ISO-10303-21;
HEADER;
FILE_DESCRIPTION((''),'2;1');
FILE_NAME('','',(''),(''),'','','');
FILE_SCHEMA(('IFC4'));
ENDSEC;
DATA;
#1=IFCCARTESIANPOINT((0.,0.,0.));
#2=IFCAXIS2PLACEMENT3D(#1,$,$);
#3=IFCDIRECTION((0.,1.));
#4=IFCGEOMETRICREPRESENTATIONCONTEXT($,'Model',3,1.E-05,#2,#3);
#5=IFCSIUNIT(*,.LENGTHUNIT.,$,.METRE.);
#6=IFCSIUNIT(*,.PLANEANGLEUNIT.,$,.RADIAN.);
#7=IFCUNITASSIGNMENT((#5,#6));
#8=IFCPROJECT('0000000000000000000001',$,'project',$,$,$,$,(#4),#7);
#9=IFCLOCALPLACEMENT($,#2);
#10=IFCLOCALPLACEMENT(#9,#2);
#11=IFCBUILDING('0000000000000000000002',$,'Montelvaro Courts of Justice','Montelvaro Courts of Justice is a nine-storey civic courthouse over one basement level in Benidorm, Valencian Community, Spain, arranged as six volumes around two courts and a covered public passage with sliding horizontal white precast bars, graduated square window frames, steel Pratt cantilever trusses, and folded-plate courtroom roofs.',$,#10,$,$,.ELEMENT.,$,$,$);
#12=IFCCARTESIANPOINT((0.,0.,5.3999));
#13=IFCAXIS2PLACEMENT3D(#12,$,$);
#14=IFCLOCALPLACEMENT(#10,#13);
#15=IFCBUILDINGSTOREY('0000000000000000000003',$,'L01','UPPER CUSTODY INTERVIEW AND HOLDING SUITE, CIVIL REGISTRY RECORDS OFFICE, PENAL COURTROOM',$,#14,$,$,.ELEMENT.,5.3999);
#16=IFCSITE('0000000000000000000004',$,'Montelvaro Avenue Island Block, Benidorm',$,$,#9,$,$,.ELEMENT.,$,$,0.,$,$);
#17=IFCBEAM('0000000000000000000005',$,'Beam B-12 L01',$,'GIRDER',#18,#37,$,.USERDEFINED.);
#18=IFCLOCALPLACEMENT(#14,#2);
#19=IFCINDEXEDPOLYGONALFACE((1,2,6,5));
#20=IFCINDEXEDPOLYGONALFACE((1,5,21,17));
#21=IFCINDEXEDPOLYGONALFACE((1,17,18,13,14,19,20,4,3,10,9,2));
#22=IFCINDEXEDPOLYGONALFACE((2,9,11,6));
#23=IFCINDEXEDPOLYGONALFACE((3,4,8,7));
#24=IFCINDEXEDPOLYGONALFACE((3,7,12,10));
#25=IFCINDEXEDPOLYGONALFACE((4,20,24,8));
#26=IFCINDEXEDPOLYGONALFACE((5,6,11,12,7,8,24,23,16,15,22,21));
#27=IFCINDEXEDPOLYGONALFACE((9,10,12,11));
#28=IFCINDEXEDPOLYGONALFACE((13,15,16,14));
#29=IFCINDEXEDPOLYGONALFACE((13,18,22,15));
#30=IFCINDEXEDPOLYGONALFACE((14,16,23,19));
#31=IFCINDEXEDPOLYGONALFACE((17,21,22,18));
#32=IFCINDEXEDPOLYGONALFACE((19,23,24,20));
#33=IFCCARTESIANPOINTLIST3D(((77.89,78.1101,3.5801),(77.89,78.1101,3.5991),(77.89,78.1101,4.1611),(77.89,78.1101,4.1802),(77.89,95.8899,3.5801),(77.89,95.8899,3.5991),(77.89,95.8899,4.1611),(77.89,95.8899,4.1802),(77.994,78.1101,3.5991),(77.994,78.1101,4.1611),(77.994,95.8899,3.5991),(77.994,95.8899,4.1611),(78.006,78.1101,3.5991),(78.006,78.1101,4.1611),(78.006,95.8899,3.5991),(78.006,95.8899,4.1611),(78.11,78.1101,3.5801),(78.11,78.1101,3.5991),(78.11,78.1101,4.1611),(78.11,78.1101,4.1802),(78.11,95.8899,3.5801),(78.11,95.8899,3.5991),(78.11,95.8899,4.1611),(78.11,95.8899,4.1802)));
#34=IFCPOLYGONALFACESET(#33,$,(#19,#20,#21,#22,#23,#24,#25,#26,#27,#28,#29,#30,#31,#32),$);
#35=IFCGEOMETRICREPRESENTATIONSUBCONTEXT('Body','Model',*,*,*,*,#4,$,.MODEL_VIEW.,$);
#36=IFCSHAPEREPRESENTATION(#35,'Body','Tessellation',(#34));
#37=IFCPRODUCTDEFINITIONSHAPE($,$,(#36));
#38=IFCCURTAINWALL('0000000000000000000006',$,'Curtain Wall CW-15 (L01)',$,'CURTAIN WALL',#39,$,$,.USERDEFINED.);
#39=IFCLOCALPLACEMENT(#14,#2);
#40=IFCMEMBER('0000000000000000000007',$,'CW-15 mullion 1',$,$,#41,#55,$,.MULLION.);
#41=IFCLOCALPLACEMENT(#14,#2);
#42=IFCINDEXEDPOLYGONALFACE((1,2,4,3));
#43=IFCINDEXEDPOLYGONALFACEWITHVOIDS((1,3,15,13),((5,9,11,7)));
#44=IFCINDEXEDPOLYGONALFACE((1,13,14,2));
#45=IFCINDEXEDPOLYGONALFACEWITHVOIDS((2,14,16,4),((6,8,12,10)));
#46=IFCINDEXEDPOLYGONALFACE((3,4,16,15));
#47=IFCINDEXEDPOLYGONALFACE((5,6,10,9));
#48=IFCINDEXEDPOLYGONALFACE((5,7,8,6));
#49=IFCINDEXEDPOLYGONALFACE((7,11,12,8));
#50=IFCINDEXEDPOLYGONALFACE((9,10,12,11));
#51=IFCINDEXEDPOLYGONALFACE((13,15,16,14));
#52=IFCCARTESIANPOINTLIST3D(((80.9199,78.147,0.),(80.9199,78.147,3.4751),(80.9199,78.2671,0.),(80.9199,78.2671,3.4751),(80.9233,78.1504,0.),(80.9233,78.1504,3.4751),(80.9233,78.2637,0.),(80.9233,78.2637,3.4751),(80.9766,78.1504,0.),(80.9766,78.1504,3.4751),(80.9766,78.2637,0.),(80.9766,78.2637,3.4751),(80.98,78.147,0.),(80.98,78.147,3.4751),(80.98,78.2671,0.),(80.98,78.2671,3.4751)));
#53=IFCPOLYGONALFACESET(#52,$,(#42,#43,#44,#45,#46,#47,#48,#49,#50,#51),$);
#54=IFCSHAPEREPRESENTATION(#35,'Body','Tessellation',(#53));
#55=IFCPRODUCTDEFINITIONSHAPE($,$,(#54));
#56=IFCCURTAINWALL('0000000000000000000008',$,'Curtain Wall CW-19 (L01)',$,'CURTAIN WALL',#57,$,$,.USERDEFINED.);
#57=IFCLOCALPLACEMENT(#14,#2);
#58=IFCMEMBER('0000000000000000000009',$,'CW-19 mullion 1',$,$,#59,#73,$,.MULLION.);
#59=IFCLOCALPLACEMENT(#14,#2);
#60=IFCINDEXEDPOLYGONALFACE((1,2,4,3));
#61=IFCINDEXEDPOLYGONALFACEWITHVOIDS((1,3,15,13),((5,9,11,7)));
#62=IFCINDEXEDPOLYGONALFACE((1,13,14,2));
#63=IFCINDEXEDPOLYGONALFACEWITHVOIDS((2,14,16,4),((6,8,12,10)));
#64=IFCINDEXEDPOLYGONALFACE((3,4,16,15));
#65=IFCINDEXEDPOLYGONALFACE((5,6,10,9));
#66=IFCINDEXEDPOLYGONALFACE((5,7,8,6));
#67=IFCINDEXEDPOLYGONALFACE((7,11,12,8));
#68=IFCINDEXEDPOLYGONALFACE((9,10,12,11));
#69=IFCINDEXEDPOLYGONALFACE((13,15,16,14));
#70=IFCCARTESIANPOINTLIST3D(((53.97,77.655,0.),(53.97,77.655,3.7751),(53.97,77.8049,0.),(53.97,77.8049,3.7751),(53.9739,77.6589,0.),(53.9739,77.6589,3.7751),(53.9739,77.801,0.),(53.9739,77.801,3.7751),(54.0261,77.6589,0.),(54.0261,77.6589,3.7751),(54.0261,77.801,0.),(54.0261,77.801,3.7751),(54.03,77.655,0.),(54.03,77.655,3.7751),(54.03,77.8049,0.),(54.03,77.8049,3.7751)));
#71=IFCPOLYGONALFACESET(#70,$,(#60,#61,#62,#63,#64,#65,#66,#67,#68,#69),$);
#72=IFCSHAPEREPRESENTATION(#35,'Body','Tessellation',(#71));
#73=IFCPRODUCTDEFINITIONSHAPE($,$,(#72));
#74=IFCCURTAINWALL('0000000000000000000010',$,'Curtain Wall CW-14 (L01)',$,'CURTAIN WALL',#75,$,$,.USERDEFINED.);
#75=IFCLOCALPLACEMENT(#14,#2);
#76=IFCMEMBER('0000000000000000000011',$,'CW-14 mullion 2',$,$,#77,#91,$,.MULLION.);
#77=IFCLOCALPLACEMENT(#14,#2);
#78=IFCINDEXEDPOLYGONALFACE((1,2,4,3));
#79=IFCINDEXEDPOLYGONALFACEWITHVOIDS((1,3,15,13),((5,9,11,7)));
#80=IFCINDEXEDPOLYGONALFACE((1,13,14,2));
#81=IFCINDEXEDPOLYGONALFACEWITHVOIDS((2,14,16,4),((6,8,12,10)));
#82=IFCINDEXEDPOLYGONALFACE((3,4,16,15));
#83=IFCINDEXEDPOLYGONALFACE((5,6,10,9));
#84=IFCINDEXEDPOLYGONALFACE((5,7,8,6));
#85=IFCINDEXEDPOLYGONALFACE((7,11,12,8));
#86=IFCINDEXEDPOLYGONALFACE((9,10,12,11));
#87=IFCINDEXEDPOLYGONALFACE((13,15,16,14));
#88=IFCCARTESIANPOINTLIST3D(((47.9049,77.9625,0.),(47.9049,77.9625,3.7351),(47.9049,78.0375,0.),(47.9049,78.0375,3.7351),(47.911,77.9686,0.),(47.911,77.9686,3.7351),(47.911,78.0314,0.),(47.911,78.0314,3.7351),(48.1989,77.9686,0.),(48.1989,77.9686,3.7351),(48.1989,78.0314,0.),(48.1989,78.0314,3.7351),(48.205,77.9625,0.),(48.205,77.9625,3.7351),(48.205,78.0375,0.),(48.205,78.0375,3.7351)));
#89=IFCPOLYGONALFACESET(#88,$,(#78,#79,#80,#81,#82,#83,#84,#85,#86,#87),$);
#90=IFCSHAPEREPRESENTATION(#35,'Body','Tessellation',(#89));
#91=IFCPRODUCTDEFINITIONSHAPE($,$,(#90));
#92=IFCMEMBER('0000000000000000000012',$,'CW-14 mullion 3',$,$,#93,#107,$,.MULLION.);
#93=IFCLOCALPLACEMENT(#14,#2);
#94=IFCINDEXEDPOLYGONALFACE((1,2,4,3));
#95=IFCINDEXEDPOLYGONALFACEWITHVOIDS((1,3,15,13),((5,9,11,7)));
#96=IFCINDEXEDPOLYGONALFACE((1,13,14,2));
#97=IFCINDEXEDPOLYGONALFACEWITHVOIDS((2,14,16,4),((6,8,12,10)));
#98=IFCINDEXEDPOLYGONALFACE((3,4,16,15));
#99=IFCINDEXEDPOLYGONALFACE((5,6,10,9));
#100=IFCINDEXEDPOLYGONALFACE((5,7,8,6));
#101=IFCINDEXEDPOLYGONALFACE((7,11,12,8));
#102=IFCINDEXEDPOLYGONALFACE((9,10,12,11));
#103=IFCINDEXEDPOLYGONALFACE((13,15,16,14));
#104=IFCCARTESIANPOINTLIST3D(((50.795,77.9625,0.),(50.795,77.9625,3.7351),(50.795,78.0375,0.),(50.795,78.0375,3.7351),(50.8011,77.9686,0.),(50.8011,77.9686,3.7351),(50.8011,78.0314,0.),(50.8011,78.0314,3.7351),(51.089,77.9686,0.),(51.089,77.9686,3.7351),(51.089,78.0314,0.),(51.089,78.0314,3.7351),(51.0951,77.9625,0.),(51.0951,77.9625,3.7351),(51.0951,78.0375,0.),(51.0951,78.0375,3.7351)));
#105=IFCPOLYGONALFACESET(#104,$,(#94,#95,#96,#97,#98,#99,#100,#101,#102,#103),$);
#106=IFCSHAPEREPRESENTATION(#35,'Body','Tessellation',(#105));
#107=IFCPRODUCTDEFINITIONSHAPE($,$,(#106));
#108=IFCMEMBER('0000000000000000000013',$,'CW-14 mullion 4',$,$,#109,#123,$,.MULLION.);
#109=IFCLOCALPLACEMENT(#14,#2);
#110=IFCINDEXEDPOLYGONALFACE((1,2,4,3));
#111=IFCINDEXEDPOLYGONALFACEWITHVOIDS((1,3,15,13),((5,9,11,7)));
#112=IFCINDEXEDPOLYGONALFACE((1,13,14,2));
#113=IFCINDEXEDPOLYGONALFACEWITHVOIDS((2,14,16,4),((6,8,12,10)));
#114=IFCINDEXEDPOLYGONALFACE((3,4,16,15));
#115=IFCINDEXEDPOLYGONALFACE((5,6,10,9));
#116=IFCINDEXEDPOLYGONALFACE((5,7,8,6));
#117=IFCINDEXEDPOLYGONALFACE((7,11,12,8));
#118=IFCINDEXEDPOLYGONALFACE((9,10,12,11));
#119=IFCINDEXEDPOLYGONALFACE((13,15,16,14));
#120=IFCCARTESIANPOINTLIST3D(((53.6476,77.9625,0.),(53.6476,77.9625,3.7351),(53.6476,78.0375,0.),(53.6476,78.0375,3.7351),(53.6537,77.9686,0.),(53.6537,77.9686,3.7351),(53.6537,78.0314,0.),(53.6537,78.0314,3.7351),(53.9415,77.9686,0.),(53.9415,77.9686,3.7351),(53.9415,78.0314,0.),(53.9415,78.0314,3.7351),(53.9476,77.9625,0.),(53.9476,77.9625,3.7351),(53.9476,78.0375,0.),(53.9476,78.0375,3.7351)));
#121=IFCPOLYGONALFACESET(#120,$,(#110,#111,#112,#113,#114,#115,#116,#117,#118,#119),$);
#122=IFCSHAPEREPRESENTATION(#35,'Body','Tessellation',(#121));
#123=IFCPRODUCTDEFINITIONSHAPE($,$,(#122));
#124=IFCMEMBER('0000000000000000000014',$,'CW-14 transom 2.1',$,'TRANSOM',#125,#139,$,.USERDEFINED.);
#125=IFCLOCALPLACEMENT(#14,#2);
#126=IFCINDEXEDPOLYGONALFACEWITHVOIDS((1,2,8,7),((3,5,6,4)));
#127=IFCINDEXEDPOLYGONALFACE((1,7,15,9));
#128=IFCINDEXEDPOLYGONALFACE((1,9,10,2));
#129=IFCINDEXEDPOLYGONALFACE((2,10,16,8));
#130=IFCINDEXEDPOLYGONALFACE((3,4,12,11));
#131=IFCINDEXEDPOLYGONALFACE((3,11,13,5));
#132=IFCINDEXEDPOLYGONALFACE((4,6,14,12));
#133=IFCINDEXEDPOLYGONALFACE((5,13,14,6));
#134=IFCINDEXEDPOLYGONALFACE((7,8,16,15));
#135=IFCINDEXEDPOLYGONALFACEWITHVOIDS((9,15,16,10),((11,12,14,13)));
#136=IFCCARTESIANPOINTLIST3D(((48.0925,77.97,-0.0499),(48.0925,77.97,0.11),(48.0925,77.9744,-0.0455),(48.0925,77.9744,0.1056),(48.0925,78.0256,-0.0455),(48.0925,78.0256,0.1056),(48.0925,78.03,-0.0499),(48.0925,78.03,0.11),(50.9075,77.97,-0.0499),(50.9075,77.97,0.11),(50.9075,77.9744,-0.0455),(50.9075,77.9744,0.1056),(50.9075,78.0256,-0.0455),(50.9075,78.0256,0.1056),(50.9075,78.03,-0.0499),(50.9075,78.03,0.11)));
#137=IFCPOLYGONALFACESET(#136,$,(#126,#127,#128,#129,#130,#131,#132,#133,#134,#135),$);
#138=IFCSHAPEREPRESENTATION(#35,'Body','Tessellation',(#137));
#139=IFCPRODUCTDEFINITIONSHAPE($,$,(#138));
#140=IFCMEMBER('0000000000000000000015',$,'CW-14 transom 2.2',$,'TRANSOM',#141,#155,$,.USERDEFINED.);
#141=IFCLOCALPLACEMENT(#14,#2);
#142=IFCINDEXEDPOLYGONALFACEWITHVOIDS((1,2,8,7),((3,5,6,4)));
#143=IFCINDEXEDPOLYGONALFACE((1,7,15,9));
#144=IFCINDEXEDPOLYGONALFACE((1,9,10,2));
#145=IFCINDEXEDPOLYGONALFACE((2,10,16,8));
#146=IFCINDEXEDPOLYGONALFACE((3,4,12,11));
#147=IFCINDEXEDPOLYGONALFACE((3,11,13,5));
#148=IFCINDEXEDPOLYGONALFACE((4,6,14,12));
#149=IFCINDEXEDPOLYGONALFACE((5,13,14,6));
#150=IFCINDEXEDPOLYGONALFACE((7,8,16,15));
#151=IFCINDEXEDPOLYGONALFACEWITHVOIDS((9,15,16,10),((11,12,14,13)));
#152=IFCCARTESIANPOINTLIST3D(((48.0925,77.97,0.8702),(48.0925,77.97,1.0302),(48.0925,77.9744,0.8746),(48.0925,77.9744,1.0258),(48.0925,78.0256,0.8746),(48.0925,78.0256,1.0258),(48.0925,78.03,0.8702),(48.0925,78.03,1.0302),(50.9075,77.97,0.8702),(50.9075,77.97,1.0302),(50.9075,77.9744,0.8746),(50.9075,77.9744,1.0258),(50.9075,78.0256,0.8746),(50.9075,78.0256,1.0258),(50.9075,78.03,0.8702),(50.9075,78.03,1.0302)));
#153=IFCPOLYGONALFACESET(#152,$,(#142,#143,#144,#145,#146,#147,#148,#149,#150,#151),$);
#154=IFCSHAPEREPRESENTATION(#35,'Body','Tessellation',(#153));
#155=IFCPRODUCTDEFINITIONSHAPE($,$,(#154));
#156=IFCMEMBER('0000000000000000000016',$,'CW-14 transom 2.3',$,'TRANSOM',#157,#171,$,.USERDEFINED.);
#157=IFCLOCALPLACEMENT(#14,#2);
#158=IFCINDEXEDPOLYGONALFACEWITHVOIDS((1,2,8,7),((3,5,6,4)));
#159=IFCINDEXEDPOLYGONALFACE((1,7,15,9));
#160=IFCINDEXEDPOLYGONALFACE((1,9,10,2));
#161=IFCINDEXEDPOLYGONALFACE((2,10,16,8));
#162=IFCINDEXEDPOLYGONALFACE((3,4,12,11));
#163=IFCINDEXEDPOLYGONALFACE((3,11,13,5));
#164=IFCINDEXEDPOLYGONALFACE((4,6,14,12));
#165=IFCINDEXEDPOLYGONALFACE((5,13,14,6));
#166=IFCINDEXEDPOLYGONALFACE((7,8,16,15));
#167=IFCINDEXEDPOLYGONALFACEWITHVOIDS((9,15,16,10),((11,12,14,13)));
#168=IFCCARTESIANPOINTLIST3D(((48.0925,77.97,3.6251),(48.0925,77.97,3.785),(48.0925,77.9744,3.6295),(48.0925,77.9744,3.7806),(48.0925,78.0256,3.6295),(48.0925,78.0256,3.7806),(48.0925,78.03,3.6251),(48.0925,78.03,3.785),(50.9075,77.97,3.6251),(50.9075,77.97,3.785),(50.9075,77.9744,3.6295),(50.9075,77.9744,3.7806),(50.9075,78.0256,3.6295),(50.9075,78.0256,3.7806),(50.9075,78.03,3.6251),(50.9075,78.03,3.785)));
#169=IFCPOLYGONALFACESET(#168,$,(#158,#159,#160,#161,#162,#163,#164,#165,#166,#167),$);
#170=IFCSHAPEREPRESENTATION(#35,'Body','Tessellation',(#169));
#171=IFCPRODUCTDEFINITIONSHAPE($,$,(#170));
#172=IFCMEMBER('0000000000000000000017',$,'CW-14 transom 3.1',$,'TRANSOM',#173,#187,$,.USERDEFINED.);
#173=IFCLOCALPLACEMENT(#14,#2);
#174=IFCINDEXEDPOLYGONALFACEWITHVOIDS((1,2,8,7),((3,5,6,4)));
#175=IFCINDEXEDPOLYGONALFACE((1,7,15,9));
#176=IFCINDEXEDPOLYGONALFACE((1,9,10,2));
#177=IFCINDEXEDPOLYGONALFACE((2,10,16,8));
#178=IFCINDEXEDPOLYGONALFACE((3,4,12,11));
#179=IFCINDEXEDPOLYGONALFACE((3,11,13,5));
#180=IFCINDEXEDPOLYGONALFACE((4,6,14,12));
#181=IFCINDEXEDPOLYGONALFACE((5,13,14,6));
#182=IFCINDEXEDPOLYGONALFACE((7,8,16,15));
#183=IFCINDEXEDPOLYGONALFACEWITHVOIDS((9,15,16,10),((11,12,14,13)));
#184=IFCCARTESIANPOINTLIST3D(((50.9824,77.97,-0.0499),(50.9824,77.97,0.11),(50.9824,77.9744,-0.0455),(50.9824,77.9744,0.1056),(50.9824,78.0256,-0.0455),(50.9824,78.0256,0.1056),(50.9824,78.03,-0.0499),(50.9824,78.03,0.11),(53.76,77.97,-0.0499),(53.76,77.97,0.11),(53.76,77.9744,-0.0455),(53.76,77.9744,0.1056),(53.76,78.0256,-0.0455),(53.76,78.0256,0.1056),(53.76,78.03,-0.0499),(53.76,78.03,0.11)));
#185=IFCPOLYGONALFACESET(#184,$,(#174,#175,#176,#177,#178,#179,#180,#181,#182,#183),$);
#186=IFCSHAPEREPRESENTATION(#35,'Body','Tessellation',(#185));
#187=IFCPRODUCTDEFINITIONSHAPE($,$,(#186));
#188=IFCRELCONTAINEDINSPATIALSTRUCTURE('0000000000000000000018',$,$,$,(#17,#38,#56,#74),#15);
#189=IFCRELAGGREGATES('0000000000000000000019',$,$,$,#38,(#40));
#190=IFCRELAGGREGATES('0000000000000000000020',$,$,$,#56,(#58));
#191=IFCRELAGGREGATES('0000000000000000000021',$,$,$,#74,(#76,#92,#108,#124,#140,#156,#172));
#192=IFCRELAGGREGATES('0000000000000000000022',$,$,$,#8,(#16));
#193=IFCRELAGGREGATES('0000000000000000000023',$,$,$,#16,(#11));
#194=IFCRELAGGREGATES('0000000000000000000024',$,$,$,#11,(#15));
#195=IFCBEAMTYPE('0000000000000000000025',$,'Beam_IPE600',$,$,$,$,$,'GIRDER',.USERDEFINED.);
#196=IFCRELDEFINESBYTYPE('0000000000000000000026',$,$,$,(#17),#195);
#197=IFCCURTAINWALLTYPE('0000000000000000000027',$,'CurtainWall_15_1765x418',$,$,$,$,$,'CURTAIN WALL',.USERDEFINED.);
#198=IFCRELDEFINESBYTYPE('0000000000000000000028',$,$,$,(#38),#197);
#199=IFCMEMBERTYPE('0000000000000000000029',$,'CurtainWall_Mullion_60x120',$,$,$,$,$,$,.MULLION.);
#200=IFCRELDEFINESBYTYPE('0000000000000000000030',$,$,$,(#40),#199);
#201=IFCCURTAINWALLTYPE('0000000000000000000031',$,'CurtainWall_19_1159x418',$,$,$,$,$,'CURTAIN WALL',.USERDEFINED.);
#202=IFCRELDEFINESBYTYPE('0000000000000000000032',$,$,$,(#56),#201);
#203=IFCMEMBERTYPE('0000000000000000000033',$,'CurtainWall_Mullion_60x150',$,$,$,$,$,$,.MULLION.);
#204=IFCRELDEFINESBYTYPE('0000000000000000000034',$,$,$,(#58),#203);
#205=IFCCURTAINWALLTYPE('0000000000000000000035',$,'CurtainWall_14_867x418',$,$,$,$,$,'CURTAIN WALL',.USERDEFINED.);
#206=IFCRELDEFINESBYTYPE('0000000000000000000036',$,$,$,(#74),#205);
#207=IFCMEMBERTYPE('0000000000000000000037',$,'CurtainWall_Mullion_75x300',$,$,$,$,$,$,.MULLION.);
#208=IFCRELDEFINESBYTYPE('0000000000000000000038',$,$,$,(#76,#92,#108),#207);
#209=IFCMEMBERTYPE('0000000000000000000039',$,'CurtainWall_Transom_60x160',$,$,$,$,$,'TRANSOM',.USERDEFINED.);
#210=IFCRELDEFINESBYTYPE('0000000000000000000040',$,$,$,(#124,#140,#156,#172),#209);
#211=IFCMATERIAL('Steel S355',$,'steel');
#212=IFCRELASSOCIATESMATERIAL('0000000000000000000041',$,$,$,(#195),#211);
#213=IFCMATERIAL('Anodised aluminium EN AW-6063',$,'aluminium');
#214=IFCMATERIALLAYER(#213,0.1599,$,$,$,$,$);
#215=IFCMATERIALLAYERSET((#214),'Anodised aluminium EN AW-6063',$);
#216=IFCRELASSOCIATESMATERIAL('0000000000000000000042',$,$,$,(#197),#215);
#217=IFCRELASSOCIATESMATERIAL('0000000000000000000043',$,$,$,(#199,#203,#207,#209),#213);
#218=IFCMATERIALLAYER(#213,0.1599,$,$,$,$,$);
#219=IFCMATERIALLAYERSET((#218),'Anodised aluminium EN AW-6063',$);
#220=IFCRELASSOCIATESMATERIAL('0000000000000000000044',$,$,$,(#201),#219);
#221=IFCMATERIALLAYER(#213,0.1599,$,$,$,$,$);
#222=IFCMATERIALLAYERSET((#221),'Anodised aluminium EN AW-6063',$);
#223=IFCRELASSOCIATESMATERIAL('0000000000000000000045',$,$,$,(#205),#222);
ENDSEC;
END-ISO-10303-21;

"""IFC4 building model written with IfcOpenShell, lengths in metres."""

from ifc_helpers import new_model, si_unit, direction, frame, origin, origin_2d, place, context, subcontext, project, spatial, hollow_rectangle, i_section, extrude, material, layer, layer_set, material_profile, profile_set, type_object, element, aggregate, save


model = new_model("IFC4")

# Units and contexts
model_context = context("Model", 3, precision=1e-05, world=origin(), true_north=direction((0.0, 1.0)))
body_context = subcontext(model_context, "Body", "Model", "MODEL_VIEW")
ifc_project = project(units=[si_unit("LENGTHUNIT", "METRE"), si_unit("PLANEANGLEUNIT", "RADIAN")], contexts=[model_context])

# Site, building, storey
site_placement = place(None, origin())
site = spatial("IfcSite", under=ifc_project, at=site_placement, Name="Montelvaro Avenue Island Block, Benidorm", CompositionType="ELEMENT", RefElevation=0.0)
building_placement = place(site_placement, origin())
building = spatial("IfcBuilding", under=site, at=building_placement, Name="Montelvaro Courts of Justice", Description="Montelvaro Courts of Justice is a nine-storey civic courthouse over one basement level in Benidorm, Valencian Community, Spain, arranged as six volumes around two courts and a covered public passage with sliding horizontal white precast bars, graduated square window frames, steel Pratt cantilever trusses, and folded-plate courtroom roofs.", CompositionType="ELEMENT")
storey_placement = place(building_placement, frame((0.0, 0.0, 5.3999)))
storey = spatial("IfcBuildingStorey", under=building, at=storey_placement, Name="L01", Description="UPPER CUSTODY INTERVIEW AND HOLDING SUITE, CIVIL REGISTRY RECORDS OFFICE, PENAL COURTROOM", CompositionType="ELEMENT", Elevation=5.3999)

# Shared definitions
ifc_material_1 = material(Name="Steel S355", Category="steel")

# Beam
ifc_material_profile_1 = material_profile(ifc_material_1, i_section(OverallWidth=0.22, OverallDepth=0.6001, WebThickness=0.012, FlangeThickness=0.019, at=origin_2d()), Name="IPE 600")
ifc_profile_set_1 = profile_set([ifc_material_profile_1], Name="Steel S355")
beam_type_1 = type_object("IfcBeamType", Name="Beam_IPE600", ElementType="GIRDER", PredefinedType="USERDEFINED", material=ifc_profile_set_1)
beam_1_placement = place(storey_placement, frame((78.0, 78.1101, 3.8801), z_axis=(0.0, 1.0, 0.0), x_axis=(-1.0, 0.0, 0.0)))
element("IfcBeam", 1, at=beam_1_placement, inside=storey, type_object=beam_type_1, Name="Beam B-12 L01", ObjectType="GIRDER", PredefinedType="USERDEFINED", context=body_context, shape_type="SweptSolid", body=[
    extrude(i_section(OverallWidth=0.22, OverallDepth=0.6001, WebThickness=0.012, FlangeThickness=0.019, at=origin_2d()), origin(), (0.0, 0.0, 1.0), 17.7798),
])

# Curtain walls, members
ifc_material_2 = material(Name="Anodised aluminium EN AW-6063", Category="aluminium")
ifc_layer_1 = layer(ifc_material_2, 0.1599)
ifc_layer_set_1 = layer_set([ifc_layer_1], Name="Anodised aluminium EN AW-6063")
curtain_wall_type_1 = type_object("IfcCurtainWallType", Name="CurtainWall_15_1765x418", ElementType="CURTAIN WALL", PredefinedType="USERDEFINED", material=ifc_layer_set_1)
curtain_wall_1_placement = place(storey_placement, origin())
curtain_wall_1 = element("IfcCurtainWall", 2, at=curtain_wall_1_placement, inside=storey, type_object=curtain_wall_type_1, Name="Curtain Wall CW-15 (L01)", ObjectType="CURTAIN WALL", PredefinedType="USERDEFINED")
ifc_material_profile_2 = material_profile(ifc_material_2, hollow_rectangle(XDim=0.0601, YDim=0.1201, WallThickness=0.0034, at=origin_2d()), Name="ALU-M 60x120")
ifc_profile_set_2 = profile_set([ifc_material_profile_2], Name="Anodised aluminium EN AW-6063")
member_type_1 = type_object("IfcMemberType", Name="CurtainWall_Mullion_60x120", PredefinedType="MULLION", material=ifc_profile_set_2)
member_1_placement = place(storey_placement, frame((80.95, 78.207, 0.0), z_axis=(0.0, 0.0, 1.0), x_axis=(-1.0, 0.0, 0.0)))
member_1 = element("IfcMember", 3, at=member_1_placement, type_object=member_type_1, Name="CW-15 mullion 1", PredefinedType="MULLION", context=body_context, shape_type="SweptSolid", body=[
    extrude(hollow_rectangle(XDim=0.0601, YDim=0.1201, WallThickness=0.0034, at=origin_2d()), origin(), (0.0, 0.0, 1.0), 3.4751),
])
ifc_layer_2 = layer(ifc_material_2, 0.1599)
ifc_layer_set_2 = layer_set([ifc_layer_2], Name="Anodised aluminium EN AW-6063")
curtain_wall_type_2 = type_object("IfcCurtainWallType", Name="CurtainWall_19_1159x418", ElementType="CURTAIN WALL", PredefinedType="USERDEFINED", material=ifc_layer_set_2)
curtain_wall_2_placement = place(storey_placement, origin())
curtain_wall_2 = element("IfcCurtainWall", 4, at=curtain_wall_2_placement, inside=storey, type_object=curtain_wall_type_2, Name="Curtain Wall CW-19 (L01)", ObjectType="CURTAIN WALL", PredefinedType="USERDEFINED")
ifc_material_profile_3 = material_profile(ifc_material_2, hollow_rectangle(XDim=0.0601, YDim=0.1499, WallThickness=0.0039, at=origin_2d()), Name="ALU-M 60x150")
ifc_profile_set_3 = profile_set([ifc_material_profile_3], Name="Anodised aluminium EN AW-6063")
member_type_2 = type_object("IfcMemberType", Name="CurtainWall_Mullion_60x150", PredefinedType="MULLION", material=ifc_profile_set_3)
member_2_placement = place(storey_placement, frame((54.0, 77.73, 0.0), z_axis=(0.0, 0.0, 1.0), x_axis=(1.0, 0.0, 0.0)))
member_2 = element("IfcMember", 5, at=member_2_placement, type_object=member_type_2, Name="CW-19 mullion 1", PredefinedType="MULLION", context=body_context, shape_type="SweptSolid", body=[
    extrude(hollow_rectangle(XDim=0.0601, YDim=0.1499, WallThickness=0.0039, at=origin_2d()), origin(), (0.0, 0.0, 1.0), 3.7751),
])

# Curtain wall, members
ifc_layer_3 = layer(ifc_material_2, 0.1599)
ifc_layer_set_3 = layer_set([ifc_layer_3], Name="Anodised aluminium EN AW-6063")
curtain_wall_type_3 = type_object("IfcCurtainWallType", Name="CurtainWall_14_867x418", ElementType="CURTAIN WALL", PredefinedType="USERDEFINED", material=ifc_layer_set_3)
curtain_wall_3_placement = place(storey_placement, origin())
curtain_wall_3 = element("IfcCurtainWall", 6, at=curtain_wall_3_placement, inside=storey, type_object=curtain_wall_type_3, Name="Curtain Wall CW-14 (L01)", ObjectType="CURTAIN WALL", PredefinedType="USERDEFINED")
ifc_material_profile_4 = material_profile(ifc_material_2, hollow_rectangle(XDim=0.075, YDim=0.3, WallThickness=0.0061, at=origin_2d()), Name="ALU-M 75x300")
ifc_profile_set_4 = profile_set([ifc_material_profile_4], Name="Anodised aluminium EN AW-6063")
member_type_3 = type_object("IfcMemberType", Name="CurtainWall_Mullion_75x300", PredefinedType="MULLION", material=ifc_profile_set_4)
member_3_placement = place(storey_placement, frame((48.0549, 78.0, 0.0), z_axis=(0.0, 0.0, 1.0), x_axis=(0.0, 1.0, 0.0)))
member_3 = element("IfcMember", 7, at=member_3_placement, type_object=member_type_3, Name="CW-14 mullion 2", PredefinedType="MULLION", context=body_context, shape_type="SweptSolid", body=[
    extrude(hollow_rectangle(XDim=0.075, YDim=0.3, WallThickness=0.0061, at=origin_2d()), origin(), (0.0, 0.0, 1.0), 3.7351),
])
member_4_placement = place(storey_placement, frame((50.9451, 78.0, 0.0), z_axis=(0.0, 0.0, 1.0), x_axis=(0.0, 1.0, 0.0)))
member_4 = element("IfcMember", 8, at=member_4_placement, type_object=member_type_3, Name="CW-14 mullion 3", PredefinedType="MULLION", context=body_context, shape_type="SweptSolid", body=[
    extrude(hollow_rectangle(XDim=0.075, YDim=0.3, WallThickness=0.0061, at=origin_2d()), origin(), (0.0, 0.0, 1.0), 3.7351),
])
member_5_placement = place(storey_placement, frame((53.7976, 78.0, 0.0), z_axis=(0.0, 0.0, 1.0), x_axis=(0.0, 1.0, 0.0)))
member_5 = element("IfcMember", 9, at=member_5_placement, type_object=member_type_3, Name="CW-14 mullion 4", PredefinedType="MULLION", context=body_context, shape_type="SweptSolid", body=[
    extrude(hollow_rectangle(XDim=0.075, YDim=0.3, WallThickness=0.0061, at=origin_2d()), origin(), (0.0, 0.0, 1.0), 3.7351),
])
ifc_material_profile_5 = material_profile(ifc_material_2, hollow_rectangle(XDim=0.0601, YDim=0.1599, WallThickness=0.0044, at=origin_2d()), Name="ALU-T 60x160")
ifc_profile_set_5 = profile_set([ifc_material_profile_5], Name="Anodised aluminium EN AW-6063")
member_type_4 = type_object("IfcMemberType", Name="CurtainWall_Transom_60x160", ElementType="TRANSOM", PredefinedType="USERDEFINED", material=ifc_profile_set_5)
member_6_placement = place(storey_placement, frame((48.0925, 78.0, 0.03), z_axis=(1.0, 0.0, 0.0), x_axis=(0.0, 1.0, 0.0)))
member_6 = element("IfcMember", 10, at=member_6_placement, type_object=member_type_4, Name="CW-14 transom 2.1", ObjectType="TRANSOM", PredefinedType="USERDEFINED", context=body_context, shape_type="SweptSolid", body=[
    extrude(hollow_rectangle(XDim=0.0601, YDim=0.1599, WallThickness=0.0044, at=origin_2d()), origin(), (0.0, 0.0, 1.0), 2.8149),
])
member_7_placement = place(storey_placement, frame((48.0925, 78.0, 0.9502), z_axis=(1.0, 0.0, 0.0), x_axis=(0.0, 1.0, 0.0)))
member_7 = element("IfcMember", 11, at=member_7_placement, type_object=member_type_4, Name="CW-14 transom 2.2", ObjectType="TRANSOM", PredefinedType="USERDEFINED", context=body_context, shape_type="SweptSolid", body=[
    extrude(hollow_rectangle(XDim=0.0601, YDim=0.1599, WallThickness=0.0044, at=origin_2d()), origin(), (0.0, 0.0, 1.0), 2.8149),
])
member_8_placement = place(storey_placement, frame((48.0925, 78.0, 3.7051), z_axis=(1.0, 0.0, 0.0), x_axis=(0.0, 1.0, 0.0)))
member_8 = element("IfcMember", 12, at=member_8_placement, type_object=member_type_4, Name="CW-14 transom 2.3", ObjectType="TRANSOM", PredefinedType="USERDEFINED", context=body_context, shape_type="SweptSolid", body=[
    extrude(hollow_rectangle(XDim=0.0601, YDim=0.1599, WallThickness=0.0044, at=origin_2d()), origin(), (0.0, 0.0, 1.0), 2.8149),
])
member_9_placement = place(storey_placement, frame((50.9824, 78.0, 0.03), z_axis=(1.0, 0.0, 0.0), x_axis=(0.0, 1.0, 0.0)))
member_9 = element("IfcMember", 13, at=member_9_placement, type_object=member_type_4, Name="CW-14 transom 3.1", ObjectType="TRANSOM", PredefinedType="USERDEFINED", context=body_context, shape_type="SweptSolid", body=[
    extrude(hollow_rectangle(XDim=0.0601, YDim=0.1599, WallThickness=0.0044, at=origin_2d()), origin(), (0.0, 0.0, 1.0), 2.7776),
])

aggregate(curtain_wall_1, [member_1])
aggregate(curtain_wall_2, [member_2])

aggregate(curtain_wall_3, [member_3, member_4, member_5, member_6, member_7, member_8, member_9])

save(model, "model.ifc")
